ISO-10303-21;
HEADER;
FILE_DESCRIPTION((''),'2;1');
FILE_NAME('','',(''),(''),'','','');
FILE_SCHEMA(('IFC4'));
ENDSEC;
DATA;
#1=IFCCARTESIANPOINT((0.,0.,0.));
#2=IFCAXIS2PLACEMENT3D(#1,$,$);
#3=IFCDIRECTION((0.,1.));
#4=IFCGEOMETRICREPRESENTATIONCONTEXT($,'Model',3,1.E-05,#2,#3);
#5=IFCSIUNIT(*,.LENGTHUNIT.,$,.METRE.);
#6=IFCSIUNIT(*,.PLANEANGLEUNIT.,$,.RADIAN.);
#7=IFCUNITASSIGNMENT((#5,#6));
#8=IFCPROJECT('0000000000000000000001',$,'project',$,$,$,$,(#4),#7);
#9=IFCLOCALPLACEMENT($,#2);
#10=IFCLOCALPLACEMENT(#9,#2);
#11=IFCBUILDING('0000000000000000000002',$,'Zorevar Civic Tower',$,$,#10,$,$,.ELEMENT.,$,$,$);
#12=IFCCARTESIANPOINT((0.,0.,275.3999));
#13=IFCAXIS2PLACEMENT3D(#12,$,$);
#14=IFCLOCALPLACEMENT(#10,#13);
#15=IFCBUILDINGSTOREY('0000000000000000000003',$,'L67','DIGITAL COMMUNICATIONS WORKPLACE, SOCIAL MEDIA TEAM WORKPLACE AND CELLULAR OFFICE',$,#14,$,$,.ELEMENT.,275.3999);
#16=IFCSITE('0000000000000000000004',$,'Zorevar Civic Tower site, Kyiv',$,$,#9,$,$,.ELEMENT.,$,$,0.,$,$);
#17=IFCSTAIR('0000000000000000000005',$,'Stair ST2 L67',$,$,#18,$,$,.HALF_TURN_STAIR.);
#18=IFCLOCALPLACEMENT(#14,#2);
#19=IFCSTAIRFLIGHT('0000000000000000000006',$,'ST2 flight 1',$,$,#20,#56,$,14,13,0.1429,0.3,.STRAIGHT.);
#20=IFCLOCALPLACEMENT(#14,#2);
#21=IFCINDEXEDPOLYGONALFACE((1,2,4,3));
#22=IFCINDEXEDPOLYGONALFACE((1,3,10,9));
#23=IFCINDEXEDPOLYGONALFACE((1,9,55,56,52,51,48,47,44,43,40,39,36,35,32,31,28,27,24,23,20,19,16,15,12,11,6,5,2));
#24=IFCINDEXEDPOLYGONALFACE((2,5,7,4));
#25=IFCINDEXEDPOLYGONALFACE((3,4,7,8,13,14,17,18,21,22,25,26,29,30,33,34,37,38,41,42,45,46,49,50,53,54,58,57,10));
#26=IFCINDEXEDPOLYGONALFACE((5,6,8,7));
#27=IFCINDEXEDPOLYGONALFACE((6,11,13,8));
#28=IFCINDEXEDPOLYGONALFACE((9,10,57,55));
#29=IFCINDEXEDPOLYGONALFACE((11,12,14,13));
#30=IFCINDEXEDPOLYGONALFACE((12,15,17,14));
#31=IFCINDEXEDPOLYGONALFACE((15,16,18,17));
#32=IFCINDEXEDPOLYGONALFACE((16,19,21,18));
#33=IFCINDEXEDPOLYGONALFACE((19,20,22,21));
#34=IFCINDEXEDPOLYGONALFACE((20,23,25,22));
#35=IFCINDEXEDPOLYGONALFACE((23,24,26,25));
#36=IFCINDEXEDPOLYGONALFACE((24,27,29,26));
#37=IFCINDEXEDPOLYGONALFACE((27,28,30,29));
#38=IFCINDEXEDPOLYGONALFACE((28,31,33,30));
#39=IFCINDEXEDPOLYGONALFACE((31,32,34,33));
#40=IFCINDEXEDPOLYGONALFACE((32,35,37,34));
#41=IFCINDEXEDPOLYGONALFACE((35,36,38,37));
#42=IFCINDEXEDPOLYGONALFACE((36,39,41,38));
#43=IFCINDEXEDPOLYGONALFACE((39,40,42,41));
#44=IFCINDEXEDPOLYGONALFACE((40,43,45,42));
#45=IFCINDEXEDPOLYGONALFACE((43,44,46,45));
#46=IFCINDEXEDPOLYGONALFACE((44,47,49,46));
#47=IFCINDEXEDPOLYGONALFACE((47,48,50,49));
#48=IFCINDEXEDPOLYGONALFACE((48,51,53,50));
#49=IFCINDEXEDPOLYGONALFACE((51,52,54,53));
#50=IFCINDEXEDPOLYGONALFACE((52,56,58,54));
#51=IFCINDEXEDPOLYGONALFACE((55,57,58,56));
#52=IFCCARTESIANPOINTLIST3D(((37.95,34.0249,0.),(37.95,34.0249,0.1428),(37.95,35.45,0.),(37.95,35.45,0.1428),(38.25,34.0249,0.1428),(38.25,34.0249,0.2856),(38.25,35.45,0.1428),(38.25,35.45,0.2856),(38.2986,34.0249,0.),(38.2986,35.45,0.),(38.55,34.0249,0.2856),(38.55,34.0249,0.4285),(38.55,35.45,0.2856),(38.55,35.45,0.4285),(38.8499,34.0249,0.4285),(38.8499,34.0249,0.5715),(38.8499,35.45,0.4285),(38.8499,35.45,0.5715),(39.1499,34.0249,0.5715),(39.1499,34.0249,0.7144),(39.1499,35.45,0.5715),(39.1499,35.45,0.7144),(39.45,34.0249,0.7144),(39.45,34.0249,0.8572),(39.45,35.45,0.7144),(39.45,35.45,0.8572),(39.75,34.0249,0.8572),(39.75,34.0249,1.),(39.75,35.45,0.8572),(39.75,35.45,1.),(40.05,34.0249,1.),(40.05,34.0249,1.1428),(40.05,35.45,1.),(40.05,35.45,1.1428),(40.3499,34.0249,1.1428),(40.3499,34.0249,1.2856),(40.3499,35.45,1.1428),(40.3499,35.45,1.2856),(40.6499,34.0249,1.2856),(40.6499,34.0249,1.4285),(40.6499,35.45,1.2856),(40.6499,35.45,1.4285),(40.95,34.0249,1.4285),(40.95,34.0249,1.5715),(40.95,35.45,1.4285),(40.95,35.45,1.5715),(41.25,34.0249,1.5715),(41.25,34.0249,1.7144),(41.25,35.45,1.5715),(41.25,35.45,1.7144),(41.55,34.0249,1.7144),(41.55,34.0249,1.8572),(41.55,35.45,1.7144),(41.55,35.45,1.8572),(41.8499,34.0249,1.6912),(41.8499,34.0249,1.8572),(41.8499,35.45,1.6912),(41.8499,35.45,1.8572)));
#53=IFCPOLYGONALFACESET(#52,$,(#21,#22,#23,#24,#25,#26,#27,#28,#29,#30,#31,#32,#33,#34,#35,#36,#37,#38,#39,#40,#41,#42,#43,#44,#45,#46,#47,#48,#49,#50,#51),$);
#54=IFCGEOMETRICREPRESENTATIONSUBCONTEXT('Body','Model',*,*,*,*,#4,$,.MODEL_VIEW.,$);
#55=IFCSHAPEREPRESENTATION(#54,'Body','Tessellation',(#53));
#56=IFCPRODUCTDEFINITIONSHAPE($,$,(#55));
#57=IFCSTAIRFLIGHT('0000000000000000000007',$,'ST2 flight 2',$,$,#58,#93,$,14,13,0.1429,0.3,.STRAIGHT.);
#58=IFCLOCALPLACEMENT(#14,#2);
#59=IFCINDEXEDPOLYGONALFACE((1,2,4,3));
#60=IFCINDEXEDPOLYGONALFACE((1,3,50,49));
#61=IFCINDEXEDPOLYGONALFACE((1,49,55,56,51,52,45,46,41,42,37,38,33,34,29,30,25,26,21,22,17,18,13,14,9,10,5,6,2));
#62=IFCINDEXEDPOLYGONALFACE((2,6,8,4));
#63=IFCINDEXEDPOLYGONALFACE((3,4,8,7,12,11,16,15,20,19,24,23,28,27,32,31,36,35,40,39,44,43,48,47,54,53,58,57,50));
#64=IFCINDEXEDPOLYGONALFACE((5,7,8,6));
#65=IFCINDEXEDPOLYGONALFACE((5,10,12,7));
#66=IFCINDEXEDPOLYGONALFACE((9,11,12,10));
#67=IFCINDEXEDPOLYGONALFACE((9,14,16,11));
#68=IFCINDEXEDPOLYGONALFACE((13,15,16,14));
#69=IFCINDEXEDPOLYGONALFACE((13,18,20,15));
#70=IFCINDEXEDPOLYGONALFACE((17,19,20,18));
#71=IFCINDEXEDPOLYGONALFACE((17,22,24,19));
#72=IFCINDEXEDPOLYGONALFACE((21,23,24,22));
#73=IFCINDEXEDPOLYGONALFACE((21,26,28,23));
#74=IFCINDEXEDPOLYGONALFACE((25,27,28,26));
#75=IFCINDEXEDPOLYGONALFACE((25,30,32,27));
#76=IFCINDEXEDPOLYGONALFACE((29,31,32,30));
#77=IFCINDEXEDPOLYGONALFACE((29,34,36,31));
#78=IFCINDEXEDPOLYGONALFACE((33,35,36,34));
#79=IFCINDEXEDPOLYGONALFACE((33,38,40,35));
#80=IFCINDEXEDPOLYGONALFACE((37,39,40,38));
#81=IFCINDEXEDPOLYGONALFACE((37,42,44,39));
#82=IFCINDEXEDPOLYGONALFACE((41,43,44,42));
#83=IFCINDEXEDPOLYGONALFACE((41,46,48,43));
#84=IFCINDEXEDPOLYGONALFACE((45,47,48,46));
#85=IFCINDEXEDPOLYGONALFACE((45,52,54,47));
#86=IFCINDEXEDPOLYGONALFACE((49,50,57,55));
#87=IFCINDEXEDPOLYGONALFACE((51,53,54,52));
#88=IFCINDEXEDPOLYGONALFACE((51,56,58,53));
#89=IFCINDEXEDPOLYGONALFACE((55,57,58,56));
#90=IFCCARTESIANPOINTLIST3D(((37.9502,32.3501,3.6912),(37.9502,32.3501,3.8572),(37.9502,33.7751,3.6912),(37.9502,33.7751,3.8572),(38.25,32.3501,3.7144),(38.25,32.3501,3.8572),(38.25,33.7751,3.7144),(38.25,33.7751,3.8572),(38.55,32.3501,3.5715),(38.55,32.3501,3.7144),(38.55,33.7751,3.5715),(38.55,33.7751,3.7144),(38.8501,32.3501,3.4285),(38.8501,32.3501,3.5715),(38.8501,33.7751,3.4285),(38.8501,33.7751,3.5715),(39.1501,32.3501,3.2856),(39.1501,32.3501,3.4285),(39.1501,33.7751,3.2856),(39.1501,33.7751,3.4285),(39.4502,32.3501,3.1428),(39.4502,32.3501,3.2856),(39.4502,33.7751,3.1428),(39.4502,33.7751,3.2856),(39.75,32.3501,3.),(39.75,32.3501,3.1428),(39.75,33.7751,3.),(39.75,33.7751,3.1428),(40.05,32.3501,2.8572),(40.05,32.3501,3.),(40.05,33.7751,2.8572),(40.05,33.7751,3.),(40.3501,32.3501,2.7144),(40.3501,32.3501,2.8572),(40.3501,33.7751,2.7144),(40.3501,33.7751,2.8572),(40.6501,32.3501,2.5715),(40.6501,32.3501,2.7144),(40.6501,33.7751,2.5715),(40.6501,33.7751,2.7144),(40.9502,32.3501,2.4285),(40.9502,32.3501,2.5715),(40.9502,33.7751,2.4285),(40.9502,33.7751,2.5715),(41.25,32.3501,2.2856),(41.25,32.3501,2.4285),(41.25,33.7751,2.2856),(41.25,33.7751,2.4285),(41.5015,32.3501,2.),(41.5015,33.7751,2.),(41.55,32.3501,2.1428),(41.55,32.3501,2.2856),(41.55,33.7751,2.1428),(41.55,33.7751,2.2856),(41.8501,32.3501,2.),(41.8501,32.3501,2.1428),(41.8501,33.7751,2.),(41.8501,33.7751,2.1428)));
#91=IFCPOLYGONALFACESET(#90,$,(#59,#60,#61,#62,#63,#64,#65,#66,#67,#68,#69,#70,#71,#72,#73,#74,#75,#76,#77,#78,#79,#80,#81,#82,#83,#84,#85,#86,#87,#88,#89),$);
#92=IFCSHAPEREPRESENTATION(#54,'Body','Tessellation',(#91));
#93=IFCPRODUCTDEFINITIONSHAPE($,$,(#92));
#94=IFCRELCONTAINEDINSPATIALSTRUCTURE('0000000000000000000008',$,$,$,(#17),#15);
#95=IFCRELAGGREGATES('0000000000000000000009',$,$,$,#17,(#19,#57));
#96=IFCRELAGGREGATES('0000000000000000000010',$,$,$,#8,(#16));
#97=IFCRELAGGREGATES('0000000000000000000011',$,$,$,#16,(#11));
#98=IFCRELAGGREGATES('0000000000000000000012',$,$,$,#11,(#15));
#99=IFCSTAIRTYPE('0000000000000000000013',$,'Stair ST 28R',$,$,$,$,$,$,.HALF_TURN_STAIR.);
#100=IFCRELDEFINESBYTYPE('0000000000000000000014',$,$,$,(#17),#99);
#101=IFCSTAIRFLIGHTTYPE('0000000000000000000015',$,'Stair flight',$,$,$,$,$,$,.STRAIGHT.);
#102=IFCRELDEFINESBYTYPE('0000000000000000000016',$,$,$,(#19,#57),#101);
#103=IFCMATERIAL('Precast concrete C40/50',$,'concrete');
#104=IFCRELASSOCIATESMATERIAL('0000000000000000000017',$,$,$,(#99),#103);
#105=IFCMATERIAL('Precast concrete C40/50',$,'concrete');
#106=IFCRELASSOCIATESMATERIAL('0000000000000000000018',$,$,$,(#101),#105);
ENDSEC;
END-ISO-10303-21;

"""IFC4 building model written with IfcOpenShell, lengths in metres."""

from ifc_helpers import new_model, si_unit, direction, frame, origin, place, context, subcontext, project, spatial, polyline, outline, extrude, material, type_object, element, aggregate, save


model = new_model("IFC4")

# Units and contexts
model_context = context("Model", 3, precision=1e-05, world=origin(), true_north=direction((0.0, 1.0)))
body_context = subcontext(model_context, "Body", "Model", "MODEL_VIEW")
ifc_project = project(units=[si_unit("LENGTHUNIT", "METRE"), si_unit("PLANEANGLEUNIT", "RADIAN")], contexts=[model_context])

# Site, building, storey
site_placement = place(None, origin())
site = spatial("IfcSite", under=ifc_project, at=site_placement, Name="Zorevar Civic Tower site, Kyiv", CompositionType="ELEMENT", RefElevation=0.0)
building_placement = place(site_placement, origin())
building = spatial("IfcBuilding", under=site, at=building_placement, Name="Zorevar Civic Tower", CompositionType="ELEMENT")
storey_placement = place(building_placement, frame((0.0, 0.0, 275.3999)))
storey = spatial("IfcBuildingStorey", under=building, at=storey_placement, Name="L67", Description="DIGITAL COMMUNICATIONS WORKPLACE, SOCIAL MEDIA TEAM WORKPLACE AND CELLULAR OFFICE", CompositionType="ELEMENT", Elevation=275.3999)

# Stair, stair flights
ifc_material_1 = material(Name="Precast concrete C40/50", Category="concrete")
stair_type = type_object("IfcStairType", Name="Stair ST 28R", PredefinedType="HALF_TURN_STAIR", material=ifc_material_1)
stair_placement = place(storey_placement, origin())
stair = element("IfcStair", 1, at=stair_placement, inside=storey, type_object=stair_type, Name="Stair ST2 L67", PredefinedType="HALF_TURN_STAIR")
ifc_material_2 = material(Name="Precast concrete C40/50", Category="concrete")
stair_flight_type = type_object("IfcStairFlightType", Name="Stair flight", PredefinedType="STRAIGHT", material=ifc_material_2)
stair_flight_1_placement = place(storey_placement, frame((37.95, 34.7375, 0.0), z_axis=(0.0, 0.0, 1.0), x_axis=(1.0, 0.0, 0.0)))
stair_flight_1 = element("IfcStairFlight", 2, at=stair_flight_1_placement, type_object=stair_flight_type, Name="ST2 flight 1", NumberOfRisers=14, NumberOfTreads=13, PredefinedType="STRAIGHT", RiserHeight=0.1429, TreadLength=0.3, context=body_context, shape_type="SweptSolid", body=[
    extrude(outline(polyline([(0.0, 0.0), (0.0, 0.1428), (0.3, 0.1428), (0.3, 0.2856), (0.6001, 0.2856), (0.6001, 0.4285), (0.8999, 0.4285), (0.8999, 0.5715), (1.2, 0.5715), (1.2, 0.7144), (1.5, 0.7144), (1.5, 0.8572), (1.8, 0.8572), (1.8, 1.0), (2.1001, 1.0), (2.1001, 1.1428), (2.3999, 1.1428), (2.3999, 1.2856), (2.7, 1.2856), (2.7, 1.4285), (3.0, 1.4285), (3.0, 1.5715), (3.3, 1.5715), (3.3, 1.7144), (3.6001, 1.7144), (3.6001, 1.8572), (3.8999, 1.8572), (3.8999, 2.0), (3.8999, 1.6912), (0.3486, 0.0), (0.0, 0.0)])), frame((0.0, 0.7124, 0.0), z_axis=(0.0, -1.0, 0.0), x_axis=(1.0, 0.0, 0.0)), (0.0, 0.0, 1.0), 1.425),
])
stair_flight_2_placement = place(storey_placement, frame((41.8501, 33.0625, 2.0), z_axis=(0.0, 0.0, 1.0), x_axis=(-1.0, 0.0, 0.0)))
stair_flight_2 = element("IfcStairFlight", 3, at=stair_flight_2_placement, type_object=stair_flight_type, Name="ST2 flight 2", NumberOfRisers=14, NumberOfTreads=13, PredefinedType="STRAIGHT", RiserHeight=0.1429, TreadLength=0.3, context=body_context, shape_type="SweptSolid", body=[
    extrude(outline(polyline([(0.0, 0.0), (0.0, 0.1428), (0.3, 0.1428), (0.3, 0.2856), (0.6001, 0.2856), (0.6001, 0.4285), (0.8999, 0.4285), (0.8999, 0.5715), (1.2, 0.5715), (1.2, 0.7144), (1.5, 0.7144), (1.5, 0.8572), (1.8, 0.8572), (1.8, 1.0), (2.1001, 1.0), (2.1001, 1.1428), (2.3999, 1.1428), (2.3999, 1.2856), (2.7, 1.2856), (2.7, 1.4285), (3.0, 1.4285), (3.0, 1.5715), (3.3, 1.5715), (3.3, 1.7144), (3.6001, 1.7144), (3.6001, 1.8572), (3.8999, 1.8572), (3.8999, 2.0), (3.8999, 1.6912), (0.3486, 0.0), (0.0, 0.0)])), frame((0.0, 0.7124, 0.0), z_axis=(0.0, -1.0, 0.0), x_axis=(1.0, 0.0, 0.0)), (0.0, 0.0, 1.0), 1.425),
])
aggregate(stair, [stair_flight_1, stair_flight_2])

save(model, "model.ifc")
